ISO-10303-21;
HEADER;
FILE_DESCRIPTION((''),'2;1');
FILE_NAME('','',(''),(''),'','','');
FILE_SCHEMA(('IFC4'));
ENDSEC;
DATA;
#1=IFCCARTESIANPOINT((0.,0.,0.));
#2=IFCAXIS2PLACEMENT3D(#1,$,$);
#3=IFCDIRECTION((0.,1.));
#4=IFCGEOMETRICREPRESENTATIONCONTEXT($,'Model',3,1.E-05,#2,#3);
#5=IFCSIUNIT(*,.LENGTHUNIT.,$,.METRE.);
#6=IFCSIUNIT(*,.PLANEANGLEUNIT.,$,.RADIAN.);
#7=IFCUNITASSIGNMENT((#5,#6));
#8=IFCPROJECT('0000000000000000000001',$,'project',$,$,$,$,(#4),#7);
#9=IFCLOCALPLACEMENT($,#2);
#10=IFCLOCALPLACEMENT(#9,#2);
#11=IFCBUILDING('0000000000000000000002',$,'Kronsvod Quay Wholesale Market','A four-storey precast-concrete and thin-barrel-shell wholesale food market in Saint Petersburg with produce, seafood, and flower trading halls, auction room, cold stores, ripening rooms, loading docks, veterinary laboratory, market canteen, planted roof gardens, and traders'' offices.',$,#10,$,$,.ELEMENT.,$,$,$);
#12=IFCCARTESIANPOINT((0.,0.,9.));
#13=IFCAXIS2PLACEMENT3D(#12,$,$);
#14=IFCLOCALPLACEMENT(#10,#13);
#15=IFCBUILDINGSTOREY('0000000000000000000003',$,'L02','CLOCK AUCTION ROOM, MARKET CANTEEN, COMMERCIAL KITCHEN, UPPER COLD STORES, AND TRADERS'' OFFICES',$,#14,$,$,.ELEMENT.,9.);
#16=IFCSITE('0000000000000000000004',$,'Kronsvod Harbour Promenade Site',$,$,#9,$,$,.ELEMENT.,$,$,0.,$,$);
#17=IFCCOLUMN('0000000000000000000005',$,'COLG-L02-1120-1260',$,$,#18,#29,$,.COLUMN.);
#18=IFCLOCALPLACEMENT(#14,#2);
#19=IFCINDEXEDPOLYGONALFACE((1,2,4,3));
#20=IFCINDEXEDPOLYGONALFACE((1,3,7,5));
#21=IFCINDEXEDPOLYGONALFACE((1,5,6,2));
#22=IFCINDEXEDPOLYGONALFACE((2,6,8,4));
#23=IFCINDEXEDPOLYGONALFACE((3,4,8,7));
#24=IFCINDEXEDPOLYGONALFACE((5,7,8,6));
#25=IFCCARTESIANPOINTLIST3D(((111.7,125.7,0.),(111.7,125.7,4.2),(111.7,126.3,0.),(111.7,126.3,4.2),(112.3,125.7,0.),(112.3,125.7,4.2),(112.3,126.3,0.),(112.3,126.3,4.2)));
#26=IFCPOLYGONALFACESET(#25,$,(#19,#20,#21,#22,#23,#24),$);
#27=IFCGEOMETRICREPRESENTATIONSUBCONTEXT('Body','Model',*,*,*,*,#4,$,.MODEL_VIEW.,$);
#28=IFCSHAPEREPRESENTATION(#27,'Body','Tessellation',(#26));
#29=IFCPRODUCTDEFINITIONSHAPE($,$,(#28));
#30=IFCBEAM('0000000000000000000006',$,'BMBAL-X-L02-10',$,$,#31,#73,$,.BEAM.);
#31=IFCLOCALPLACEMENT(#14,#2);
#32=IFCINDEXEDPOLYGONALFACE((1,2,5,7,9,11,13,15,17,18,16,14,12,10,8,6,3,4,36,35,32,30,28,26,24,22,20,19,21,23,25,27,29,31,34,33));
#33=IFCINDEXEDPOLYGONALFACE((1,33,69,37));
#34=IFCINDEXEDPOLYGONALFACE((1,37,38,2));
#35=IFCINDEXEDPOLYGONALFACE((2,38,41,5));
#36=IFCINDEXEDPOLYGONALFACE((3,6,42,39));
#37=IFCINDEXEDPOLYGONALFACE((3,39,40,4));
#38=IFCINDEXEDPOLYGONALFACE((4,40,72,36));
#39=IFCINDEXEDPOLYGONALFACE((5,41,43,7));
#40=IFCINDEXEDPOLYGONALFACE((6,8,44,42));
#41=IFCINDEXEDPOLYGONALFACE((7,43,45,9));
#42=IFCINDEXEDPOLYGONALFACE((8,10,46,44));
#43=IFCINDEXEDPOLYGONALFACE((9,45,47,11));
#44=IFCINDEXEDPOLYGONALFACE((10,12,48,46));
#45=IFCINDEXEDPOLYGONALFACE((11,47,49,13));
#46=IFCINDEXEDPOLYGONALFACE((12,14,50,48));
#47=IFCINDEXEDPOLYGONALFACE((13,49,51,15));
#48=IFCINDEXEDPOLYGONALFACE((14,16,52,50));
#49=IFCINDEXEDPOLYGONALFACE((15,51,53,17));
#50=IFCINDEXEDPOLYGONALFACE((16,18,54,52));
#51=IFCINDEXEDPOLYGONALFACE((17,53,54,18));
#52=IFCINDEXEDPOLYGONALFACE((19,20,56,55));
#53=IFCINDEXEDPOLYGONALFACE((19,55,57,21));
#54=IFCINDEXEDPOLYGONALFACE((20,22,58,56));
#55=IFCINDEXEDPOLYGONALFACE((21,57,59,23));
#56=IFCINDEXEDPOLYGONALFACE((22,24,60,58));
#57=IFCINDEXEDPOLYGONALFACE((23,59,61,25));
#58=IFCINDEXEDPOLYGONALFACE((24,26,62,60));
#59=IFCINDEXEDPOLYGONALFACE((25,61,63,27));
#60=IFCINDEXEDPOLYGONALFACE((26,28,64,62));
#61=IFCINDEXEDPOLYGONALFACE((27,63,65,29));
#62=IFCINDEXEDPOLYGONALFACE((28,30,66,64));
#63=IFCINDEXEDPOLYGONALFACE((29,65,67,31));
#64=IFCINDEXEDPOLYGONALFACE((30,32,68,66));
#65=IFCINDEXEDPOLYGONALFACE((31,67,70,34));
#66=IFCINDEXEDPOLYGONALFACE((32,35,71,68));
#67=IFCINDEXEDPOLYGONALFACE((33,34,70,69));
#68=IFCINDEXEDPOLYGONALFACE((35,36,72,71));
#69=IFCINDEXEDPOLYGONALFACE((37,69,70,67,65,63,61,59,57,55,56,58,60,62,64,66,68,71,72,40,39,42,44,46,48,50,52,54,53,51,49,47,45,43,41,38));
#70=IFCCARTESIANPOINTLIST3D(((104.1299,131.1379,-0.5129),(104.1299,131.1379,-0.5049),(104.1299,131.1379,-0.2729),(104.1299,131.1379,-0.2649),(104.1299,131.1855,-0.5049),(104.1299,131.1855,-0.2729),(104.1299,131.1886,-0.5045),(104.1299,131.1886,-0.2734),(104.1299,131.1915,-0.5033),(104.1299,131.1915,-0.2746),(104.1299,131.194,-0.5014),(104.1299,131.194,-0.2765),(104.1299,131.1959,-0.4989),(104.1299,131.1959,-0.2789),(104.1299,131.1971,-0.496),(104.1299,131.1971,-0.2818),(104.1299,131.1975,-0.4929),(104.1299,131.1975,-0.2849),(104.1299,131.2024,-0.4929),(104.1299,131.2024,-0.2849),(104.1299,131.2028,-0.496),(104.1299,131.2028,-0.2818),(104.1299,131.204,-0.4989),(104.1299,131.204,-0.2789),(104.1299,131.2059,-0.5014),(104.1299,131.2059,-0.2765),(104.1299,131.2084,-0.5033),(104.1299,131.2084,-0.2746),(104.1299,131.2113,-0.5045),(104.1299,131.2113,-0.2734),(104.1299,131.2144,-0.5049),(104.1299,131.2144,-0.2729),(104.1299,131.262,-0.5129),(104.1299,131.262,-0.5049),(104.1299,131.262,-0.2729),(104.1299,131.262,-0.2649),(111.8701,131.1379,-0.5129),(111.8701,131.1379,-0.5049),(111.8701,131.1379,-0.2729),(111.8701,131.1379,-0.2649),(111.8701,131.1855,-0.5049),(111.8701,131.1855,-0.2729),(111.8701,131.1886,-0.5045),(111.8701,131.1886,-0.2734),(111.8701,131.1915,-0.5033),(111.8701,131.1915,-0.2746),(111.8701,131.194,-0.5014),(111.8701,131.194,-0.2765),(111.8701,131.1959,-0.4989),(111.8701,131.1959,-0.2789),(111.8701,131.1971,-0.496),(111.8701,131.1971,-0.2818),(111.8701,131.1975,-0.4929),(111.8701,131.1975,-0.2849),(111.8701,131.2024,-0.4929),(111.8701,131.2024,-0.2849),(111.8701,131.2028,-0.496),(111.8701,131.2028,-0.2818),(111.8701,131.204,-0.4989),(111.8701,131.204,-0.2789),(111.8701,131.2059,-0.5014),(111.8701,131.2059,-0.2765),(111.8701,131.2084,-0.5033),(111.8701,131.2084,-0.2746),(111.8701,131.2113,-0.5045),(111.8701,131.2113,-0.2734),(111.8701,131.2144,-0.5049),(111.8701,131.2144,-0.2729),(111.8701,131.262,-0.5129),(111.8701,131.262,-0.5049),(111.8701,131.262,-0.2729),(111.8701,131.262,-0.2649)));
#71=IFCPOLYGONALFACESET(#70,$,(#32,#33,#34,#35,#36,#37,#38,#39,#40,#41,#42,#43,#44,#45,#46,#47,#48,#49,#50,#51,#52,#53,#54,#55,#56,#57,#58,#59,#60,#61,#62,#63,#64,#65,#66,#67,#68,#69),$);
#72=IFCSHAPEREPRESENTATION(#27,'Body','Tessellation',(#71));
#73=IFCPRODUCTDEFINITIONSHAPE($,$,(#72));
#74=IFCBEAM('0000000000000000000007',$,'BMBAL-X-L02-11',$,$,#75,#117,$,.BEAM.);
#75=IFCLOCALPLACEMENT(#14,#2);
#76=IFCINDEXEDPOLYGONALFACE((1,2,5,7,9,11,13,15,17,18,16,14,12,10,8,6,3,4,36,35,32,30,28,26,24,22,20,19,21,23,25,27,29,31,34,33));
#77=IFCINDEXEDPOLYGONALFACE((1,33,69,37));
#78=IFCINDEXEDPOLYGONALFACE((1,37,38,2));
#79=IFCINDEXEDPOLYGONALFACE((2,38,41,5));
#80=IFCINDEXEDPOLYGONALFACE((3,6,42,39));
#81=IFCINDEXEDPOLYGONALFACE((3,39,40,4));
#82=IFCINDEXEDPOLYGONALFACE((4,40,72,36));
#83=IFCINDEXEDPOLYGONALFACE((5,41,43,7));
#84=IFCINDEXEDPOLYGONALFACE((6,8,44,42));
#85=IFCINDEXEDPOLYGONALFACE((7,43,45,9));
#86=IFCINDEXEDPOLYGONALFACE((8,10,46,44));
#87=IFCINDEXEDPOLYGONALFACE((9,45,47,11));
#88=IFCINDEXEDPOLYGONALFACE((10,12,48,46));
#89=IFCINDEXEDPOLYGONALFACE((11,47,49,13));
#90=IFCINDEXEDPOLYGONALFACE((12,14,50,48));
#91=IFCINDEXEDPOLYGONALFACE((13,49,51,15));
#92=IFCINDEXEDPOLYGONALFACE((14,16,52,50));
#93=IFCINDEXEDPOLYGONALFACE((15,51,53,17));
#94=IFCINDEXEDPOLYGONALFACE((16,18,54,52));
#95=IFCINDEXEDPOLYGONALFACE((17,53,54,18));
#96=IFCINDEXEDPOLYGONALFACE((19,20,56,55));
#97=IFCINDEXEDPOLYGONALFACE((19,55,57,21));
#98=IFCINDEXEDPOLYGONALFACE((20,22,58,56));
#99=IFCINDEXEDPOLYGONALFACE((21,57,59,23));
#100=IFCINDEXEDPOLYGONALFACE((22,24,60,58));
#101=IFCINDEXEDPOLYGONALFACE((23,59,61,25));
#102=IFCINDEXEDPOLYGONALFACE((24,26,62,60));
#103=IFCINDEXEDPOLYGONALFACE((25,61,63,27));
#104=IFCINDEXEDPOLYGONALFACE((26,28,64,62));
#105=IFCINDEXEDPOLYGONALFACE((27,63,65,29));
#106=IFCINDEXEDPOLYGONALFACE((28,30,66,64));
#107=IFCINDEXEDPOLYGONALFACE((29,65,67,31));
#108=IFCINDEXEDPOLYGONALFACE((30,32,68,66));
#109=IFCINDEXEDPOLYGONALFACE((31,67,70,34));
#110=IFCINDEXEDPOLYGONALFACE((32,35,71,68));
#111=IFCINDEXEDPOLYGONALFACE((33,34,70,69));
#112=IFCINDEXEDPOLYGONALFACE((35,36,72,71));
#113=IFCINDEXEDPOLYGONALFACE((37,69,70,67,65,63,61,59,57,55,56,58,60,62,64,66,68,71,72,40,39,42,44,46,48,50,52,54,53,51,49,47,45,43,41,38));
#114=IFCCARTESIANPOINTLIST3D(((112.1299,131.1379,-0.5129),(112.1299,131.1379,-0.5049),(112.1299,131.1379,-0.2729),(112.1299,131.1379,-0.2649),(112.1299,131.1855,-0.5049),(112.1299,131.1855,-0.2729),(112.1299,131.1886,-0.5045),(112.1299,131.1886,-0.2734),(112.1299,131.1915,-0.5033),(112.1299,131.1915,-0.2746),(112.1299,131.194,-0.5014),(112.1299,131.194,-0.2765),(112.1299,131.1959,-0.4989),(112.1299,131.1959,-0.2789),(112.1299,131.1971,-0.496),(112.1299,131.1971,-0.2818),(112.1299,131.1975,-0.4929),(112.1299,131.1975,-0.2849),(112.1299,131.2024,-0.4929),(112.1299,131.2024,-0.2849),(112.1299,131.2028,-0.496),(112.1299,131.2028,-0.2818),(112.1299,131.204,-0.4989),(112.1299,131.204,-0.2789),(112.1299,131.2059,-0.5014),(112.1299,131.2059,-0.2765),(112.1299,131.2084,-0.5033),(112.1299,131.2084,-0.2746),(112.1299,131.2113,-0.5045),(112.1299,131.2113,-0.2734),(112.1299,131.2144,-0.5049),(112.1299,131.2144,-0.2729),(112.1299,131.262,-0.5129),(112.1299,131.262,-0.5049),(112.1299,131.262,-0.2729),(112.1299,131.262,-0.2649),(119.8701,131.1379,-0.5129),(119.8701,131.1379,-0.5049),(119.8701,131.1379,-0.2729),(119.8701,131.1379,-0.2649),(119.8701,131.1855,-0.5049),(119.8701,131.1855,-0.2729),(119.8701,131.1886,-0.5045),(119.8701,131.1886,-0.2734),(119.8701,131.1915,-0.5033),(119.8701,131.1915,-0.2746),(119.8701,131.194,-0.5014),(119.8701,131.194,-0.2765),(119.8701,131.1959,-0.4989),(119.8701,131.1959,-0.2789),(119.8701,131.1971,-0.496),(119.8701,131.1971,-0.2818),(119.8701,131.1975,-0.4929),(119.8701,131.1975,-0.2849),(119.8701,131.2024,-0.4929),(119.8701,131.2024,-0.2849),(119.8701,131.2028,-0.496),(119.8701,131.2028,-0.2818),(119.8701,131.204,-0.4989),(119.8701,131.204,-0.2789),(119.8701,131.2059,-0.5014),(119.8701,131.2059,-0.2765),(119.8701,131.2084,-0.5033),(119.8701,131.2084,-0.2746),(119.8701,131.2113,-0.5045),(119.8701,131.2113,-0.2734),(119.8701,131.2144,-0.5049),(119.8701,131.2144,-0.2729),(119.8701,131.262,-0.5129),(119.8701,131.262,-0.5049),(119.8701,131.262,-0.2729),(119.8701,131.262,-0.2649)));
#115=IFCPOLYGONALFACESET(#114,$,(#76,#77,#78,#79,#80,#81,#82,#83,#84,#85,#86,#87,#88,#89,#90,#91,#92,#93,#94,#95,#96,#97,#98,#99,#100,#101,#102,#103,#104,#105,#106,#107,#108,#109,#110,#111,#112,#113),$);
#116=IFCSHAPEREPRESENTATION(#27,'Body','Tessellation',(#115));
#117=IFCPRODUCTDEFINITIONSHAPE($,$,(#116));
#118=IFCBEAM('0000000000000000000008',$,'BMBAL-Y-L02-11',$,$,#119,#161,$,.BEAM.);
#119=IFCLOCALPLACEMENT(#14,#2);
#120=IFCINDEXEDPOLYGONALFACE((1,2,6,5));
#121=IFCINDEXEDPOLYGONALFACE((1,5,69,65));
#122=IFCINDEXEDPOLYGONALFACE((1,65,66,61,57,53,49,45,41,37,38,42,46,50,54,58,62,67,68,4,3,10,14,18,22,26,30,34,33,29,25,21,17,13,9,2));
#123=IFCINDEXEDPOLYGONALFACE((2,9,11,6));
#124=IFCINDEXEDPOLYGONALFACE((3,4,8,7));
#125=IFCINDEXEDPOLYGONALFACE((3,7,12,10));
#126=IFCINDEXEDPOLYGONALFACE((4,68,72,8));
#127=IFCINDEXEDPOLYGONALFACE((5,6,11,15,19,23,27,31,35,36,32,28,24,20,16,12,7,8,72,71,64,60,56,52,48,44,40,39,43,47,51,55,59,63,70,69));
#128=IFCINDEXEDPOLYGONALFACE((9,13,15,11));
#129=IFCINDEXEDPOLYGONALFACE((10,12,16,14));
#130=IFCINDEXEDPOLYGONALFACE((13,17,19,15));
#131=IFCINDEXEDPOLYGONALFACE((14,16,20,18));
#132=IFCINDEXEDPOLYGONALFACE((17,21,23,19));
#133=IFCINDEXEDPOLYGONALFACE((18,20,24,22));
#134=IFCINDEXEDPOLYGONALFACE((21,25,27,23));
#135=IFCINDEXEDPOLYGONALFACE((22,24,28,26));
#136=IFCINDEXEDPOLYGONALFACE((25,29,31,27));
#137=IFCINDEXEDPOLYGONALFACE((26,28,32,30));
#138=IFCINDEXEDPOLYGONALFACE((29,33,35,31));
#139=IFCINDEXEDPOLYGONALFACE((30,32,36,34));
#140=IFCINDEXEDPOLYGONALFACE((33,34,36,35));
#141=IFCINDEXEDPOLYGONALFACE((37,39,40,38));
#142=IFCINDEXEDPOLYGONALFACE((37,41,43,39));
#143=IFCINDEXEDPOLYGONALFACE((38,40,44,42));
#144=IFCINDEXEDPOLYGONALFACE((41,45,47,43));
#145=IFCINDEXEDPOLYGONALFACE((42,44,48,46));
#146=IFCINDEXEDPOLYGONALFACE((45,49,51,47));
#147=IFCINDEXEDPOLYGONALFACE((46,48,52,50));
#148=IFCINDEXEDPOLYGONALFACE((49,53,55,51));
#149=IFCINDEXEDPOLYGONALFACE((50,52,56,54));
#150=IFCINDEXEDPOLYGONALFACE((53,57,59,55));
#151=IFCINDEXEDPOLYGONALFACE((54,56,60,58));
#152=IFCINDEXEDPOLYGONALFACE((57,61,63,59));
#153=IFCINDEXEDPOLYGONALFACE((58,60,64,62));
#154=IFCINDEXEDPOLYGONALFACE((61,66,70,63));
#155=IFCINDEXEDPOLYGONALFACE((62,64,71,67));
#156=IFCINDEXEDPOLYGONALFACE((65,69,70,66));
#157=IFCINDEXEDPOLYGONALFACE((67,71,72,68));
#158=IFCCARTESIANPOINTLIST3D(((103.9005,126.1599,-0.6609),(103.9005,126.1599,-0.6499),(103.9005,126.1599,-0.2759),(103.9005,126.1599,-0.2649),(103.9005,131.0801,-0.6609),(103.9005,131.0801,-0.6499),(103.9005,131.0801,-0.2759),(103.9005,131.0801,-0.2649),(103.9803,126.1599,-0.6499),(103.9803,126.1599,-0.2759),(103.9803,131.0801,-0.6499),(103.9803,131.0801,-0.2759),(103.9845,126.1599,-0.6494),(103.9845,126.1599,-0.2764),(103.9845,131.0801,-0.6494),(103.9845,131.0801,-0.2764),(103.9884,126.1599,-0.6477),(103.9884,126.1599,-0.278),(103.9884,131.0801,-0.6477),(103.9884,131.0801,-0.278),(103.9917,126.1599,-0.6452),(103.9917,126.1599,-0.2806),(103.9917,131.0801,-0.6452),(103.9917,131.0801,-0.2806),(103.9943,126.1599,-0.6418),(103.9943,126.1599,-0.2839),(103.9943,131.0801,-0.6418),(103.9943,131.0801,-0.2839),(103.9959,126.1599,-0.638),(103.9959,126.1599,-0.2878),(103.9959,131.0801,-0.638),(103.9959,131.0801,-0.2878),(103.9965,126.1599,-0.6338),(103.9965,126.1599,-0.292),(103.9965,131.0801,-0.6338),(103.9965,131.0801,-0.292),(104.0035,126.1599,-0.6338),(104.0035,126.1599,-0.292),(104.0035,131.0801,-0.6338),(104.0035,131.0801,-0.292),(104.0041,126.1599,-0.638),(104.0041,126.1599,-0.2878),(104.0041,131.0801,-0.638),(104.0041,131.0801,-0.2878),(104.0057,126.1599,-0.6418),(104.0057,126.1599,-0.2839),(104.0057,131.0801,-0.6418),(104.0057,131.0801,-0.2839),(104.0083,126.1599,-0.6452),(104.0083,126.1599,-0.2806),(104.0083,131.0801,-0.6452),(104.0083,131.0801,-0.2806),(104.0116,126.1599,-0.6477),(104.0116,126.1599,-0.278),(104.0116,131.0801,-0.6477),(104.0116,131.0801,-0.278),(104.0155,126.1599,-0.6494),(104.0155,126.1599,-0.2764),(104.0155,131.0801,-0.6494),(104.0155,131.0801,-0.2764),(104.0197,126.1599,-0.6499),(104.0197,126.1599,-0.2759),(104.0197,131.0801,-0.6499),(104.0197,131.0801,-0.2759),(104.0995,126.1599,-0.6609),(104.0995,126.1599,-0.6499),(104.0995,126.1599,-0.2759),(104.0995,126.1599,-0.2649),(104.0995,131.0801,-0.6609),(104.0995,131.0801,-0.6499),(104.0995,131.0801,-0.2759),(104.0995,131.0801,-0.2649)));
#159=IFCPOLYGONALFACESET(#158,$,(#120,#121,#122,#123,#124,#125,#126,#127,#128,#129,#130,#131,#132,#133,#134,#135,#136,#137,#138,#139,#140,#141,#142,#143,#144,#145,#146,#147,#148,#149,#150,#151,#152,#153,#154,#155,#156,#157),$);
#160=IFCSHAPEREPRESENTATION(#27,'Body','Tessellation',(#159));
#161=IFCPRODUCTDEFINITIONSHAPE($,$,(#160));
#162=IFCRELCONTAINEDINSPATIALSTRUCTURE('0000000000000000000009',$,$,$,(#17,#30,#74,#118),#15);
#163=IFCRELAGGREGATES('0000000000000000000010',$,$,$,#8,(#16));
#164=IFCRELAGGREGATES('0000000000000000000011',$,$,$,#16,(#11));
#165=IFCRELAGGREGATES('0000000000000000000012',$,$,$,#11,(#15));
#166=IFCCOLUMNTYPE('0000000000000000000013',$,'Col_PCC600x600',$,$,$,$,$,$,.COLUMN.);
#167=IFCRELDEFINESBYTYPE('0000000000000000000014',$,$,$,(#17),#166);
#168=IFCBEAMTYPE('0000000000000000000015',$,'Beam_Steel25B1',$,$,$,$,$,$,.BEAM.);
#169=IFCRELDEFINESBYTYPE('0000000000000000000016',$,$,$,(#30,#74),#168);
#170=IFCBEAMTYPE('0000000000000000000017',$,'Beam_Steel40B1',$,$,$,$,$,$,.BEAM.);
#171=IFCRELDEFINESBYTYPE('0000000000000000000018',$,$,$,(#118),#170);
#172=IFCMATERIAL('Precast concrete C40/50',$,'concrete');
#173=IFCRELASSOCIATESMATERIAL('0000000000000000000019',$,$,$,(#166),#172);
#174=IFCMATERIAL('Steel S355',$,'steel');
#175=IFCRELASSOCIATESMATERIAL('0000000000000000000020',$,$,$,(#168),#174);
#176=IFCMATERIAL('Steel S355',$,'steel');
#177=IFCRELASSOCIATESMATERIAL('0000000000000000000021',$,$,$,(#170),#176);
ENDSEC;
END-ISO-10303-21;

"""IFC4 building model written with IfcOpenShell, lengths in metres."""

from ifc_helpers import new_model, si_unit, direction, frame, origin, origin_2d, place, context, subcontext, project, spatial, rectangle, i_section, extrude, material, material_profile, profile_set, type_object, element, save


model = new_model("IFC4")

# Units and contexts
model_context = context("Model", 3, precision=1e-05, world=origin(), true_north=direction((0.0, 1.0)))
body_context = subcontext(model_context, "Body", "Model", "MODEL_VIEW")
ifc_project = project(units=[si_unit("LENGTHUNIT", "METRE"), si_unit("PLANEANGLEUNIT", "RADIAN")], contexts=[model_context])

# Site, building, storey
site_placement = place(None, origin())
site = spatial("IfcSite", under=ifc_project, at=site_placement, Name="Kronsvod Harbour Promenade Site", CompositionType="ELEMENT", RefElevation=0.0)
building_placement = place(site_placement, origin())
building = spatial("IfcBuilding", under=site, at=building_placement, Name="Kronsvod Quay Wholesale Market", Description="A four-storey precast-concrete and thin-barrel-shell wholesale food market in Saint Petersburg with produce, seafood, and flower trading halls, auction room, cold stores, ripening rooms, loading docks, veterinary laboratory, market canteen, planted roof gardens, and traders' offices.", CompositionType="ELEMENT")
storey_placement = place(building_placement, frame((0.0, 0.0, 9.0)))
storey = spatial("IfcBuildingStorey", under=building, at=storey_placement, Name="L02", Description="CLOCK AUCTION ROOM, MARKET CANTEEN, COMMERCIAL KITCHEN, UPPER COLD STORES, AND TRADERS' OFFICES", CompositionType="ELEMENT", Elevation=9.0)

# Column
ifc_material_1 = material(Name="Precast concrete C40/50", Category="concrete")
ifc_material_profile_1 = material_profile(ifc_material_1, rectangle(XDim=0.6001, YDim=0.6001, at=origin_2d()), Name="PCC600x600")
ifc_profile_set_1 = profile_set([ifc_material_profile_1], Name="Precast concrete C40/50")
column_type = type_object("IfcColumnType", Name="Col_PCC600x600", PredefinedType="COLUMN", material=ifc_profile_set_1)
column_placement = place(storey_placement, frame((112.0, 126.0, 0.0), z_axis=(0.0, 0.0, 1.0), x_axis=(1.0, 0.0, 0.0)))
element("IfcColumn", 1, at=column_placement, inside=storey, type_object=column_type, Name="COLG-L02-1120-1260", PredefinedType="COLUMN", context=body_context, shape_type="SweptSolid", body=[
    extrude(rectangle(XDim=0.6001, YDim=0.6001, at=origin_2d()), origin(), (0.0, 0.0, 1.0), 4.2),
])

# Beams
ifc_material_2 = material(Name="Steel S355", Category="steel")
ifc_material_profile_2 = material_profile(ifc_material_2, i_section(OverallWidth=0.124, OverallDepth=0.248, WebThickness=0.0049, FlangeThickness=0.0081, FilletRadius=0.012, at=origin_2d()), Name="25B1")
ifc_profile_set_2 = profile_set([ifc_material_profile_2], Name="Steel S355")
beam_type_1 = type_object("IfcBeamType", Name="Beam_Steel25B1", PredefinedType="BEAM", material=ifc_profile_set_2)
for number, where, z_axis, x_axis, name in (
    (2, (104.1299, 131.2, -0.3889), (1.0, 0.0, 0.0), (0.0, 1.0, 0.0), "BMBAL-X-L02-10"),
    (3, (112.1299, 131.2, -0.3889), (1.0, 0.0, 0.0), (0.0, 1.0, 0.0), "BMBAL-X-L02-11"),
):
    element("IfcBeam", number, at=place(storey_placement, frame(where, z_axis=z_axis, x_axis=x_axis)), inside=storey, type_object=beam_type_1, Name=name, PredefinedType="BEAM", context=body_context, shape_type="SweptSolid", body=[
        extrude(i_section(OverallWidth=0.124, OverallDepth=0.248, WebThickness=0.0049, FlangeThickness=0.0081, FilletRadius=0.012, at=origin_2d()), origin(), (0.0, 0.0, 1.0), 7.7402),
    ])
ifc_material_3 = material(Name="Steel S355", Category="steel")
ifc_material_profile_3 = material_profile(ifc_material_3, i_section(OverallWidth=0.199, OverallDepth=0.396, WebThickness=0.0071, FlangeThickness=0.011, FilletRadius=0.0161, at=origin_2d()), Name="40B1")
ifc_profile_set_3 = profile_set([ifc_material_profile_3], Name="Steel S355")
beam_type_2 = type_object("IfcBeamType", Name="Beam_Steel40B1", PredefinedType="BEAM", material=ifc_profile_set_3)
for number, where, z_axis, x_axis, name in (
    (4, (104.0, 126.1599, -0.4629), (0.0, 1.0, 0.0), (-1.0, 0.0, 0.0), "BMBAL-Y-L02-11"),
):
    element("IfcBeam", number, at=place(storey_placement, frame(where, z_axis=z_axis, x_axis=x_axis)), inside=storey, type_object=beam_type_2, Name=name, PredefinedType="BEAM", context=body_context, shape_type="SweptSolid", body=[
        extrude(i_section(OverallWidth=0.199, OverallDepth=0.396, WebThickness=0.0071, FlangeThickness=0.011, FilletRadius=0.0161, at=origin_2d()), origin(), (0.0, 0.0, 1.0), 4.9202),
    ])

save(model, "model.ifc")
